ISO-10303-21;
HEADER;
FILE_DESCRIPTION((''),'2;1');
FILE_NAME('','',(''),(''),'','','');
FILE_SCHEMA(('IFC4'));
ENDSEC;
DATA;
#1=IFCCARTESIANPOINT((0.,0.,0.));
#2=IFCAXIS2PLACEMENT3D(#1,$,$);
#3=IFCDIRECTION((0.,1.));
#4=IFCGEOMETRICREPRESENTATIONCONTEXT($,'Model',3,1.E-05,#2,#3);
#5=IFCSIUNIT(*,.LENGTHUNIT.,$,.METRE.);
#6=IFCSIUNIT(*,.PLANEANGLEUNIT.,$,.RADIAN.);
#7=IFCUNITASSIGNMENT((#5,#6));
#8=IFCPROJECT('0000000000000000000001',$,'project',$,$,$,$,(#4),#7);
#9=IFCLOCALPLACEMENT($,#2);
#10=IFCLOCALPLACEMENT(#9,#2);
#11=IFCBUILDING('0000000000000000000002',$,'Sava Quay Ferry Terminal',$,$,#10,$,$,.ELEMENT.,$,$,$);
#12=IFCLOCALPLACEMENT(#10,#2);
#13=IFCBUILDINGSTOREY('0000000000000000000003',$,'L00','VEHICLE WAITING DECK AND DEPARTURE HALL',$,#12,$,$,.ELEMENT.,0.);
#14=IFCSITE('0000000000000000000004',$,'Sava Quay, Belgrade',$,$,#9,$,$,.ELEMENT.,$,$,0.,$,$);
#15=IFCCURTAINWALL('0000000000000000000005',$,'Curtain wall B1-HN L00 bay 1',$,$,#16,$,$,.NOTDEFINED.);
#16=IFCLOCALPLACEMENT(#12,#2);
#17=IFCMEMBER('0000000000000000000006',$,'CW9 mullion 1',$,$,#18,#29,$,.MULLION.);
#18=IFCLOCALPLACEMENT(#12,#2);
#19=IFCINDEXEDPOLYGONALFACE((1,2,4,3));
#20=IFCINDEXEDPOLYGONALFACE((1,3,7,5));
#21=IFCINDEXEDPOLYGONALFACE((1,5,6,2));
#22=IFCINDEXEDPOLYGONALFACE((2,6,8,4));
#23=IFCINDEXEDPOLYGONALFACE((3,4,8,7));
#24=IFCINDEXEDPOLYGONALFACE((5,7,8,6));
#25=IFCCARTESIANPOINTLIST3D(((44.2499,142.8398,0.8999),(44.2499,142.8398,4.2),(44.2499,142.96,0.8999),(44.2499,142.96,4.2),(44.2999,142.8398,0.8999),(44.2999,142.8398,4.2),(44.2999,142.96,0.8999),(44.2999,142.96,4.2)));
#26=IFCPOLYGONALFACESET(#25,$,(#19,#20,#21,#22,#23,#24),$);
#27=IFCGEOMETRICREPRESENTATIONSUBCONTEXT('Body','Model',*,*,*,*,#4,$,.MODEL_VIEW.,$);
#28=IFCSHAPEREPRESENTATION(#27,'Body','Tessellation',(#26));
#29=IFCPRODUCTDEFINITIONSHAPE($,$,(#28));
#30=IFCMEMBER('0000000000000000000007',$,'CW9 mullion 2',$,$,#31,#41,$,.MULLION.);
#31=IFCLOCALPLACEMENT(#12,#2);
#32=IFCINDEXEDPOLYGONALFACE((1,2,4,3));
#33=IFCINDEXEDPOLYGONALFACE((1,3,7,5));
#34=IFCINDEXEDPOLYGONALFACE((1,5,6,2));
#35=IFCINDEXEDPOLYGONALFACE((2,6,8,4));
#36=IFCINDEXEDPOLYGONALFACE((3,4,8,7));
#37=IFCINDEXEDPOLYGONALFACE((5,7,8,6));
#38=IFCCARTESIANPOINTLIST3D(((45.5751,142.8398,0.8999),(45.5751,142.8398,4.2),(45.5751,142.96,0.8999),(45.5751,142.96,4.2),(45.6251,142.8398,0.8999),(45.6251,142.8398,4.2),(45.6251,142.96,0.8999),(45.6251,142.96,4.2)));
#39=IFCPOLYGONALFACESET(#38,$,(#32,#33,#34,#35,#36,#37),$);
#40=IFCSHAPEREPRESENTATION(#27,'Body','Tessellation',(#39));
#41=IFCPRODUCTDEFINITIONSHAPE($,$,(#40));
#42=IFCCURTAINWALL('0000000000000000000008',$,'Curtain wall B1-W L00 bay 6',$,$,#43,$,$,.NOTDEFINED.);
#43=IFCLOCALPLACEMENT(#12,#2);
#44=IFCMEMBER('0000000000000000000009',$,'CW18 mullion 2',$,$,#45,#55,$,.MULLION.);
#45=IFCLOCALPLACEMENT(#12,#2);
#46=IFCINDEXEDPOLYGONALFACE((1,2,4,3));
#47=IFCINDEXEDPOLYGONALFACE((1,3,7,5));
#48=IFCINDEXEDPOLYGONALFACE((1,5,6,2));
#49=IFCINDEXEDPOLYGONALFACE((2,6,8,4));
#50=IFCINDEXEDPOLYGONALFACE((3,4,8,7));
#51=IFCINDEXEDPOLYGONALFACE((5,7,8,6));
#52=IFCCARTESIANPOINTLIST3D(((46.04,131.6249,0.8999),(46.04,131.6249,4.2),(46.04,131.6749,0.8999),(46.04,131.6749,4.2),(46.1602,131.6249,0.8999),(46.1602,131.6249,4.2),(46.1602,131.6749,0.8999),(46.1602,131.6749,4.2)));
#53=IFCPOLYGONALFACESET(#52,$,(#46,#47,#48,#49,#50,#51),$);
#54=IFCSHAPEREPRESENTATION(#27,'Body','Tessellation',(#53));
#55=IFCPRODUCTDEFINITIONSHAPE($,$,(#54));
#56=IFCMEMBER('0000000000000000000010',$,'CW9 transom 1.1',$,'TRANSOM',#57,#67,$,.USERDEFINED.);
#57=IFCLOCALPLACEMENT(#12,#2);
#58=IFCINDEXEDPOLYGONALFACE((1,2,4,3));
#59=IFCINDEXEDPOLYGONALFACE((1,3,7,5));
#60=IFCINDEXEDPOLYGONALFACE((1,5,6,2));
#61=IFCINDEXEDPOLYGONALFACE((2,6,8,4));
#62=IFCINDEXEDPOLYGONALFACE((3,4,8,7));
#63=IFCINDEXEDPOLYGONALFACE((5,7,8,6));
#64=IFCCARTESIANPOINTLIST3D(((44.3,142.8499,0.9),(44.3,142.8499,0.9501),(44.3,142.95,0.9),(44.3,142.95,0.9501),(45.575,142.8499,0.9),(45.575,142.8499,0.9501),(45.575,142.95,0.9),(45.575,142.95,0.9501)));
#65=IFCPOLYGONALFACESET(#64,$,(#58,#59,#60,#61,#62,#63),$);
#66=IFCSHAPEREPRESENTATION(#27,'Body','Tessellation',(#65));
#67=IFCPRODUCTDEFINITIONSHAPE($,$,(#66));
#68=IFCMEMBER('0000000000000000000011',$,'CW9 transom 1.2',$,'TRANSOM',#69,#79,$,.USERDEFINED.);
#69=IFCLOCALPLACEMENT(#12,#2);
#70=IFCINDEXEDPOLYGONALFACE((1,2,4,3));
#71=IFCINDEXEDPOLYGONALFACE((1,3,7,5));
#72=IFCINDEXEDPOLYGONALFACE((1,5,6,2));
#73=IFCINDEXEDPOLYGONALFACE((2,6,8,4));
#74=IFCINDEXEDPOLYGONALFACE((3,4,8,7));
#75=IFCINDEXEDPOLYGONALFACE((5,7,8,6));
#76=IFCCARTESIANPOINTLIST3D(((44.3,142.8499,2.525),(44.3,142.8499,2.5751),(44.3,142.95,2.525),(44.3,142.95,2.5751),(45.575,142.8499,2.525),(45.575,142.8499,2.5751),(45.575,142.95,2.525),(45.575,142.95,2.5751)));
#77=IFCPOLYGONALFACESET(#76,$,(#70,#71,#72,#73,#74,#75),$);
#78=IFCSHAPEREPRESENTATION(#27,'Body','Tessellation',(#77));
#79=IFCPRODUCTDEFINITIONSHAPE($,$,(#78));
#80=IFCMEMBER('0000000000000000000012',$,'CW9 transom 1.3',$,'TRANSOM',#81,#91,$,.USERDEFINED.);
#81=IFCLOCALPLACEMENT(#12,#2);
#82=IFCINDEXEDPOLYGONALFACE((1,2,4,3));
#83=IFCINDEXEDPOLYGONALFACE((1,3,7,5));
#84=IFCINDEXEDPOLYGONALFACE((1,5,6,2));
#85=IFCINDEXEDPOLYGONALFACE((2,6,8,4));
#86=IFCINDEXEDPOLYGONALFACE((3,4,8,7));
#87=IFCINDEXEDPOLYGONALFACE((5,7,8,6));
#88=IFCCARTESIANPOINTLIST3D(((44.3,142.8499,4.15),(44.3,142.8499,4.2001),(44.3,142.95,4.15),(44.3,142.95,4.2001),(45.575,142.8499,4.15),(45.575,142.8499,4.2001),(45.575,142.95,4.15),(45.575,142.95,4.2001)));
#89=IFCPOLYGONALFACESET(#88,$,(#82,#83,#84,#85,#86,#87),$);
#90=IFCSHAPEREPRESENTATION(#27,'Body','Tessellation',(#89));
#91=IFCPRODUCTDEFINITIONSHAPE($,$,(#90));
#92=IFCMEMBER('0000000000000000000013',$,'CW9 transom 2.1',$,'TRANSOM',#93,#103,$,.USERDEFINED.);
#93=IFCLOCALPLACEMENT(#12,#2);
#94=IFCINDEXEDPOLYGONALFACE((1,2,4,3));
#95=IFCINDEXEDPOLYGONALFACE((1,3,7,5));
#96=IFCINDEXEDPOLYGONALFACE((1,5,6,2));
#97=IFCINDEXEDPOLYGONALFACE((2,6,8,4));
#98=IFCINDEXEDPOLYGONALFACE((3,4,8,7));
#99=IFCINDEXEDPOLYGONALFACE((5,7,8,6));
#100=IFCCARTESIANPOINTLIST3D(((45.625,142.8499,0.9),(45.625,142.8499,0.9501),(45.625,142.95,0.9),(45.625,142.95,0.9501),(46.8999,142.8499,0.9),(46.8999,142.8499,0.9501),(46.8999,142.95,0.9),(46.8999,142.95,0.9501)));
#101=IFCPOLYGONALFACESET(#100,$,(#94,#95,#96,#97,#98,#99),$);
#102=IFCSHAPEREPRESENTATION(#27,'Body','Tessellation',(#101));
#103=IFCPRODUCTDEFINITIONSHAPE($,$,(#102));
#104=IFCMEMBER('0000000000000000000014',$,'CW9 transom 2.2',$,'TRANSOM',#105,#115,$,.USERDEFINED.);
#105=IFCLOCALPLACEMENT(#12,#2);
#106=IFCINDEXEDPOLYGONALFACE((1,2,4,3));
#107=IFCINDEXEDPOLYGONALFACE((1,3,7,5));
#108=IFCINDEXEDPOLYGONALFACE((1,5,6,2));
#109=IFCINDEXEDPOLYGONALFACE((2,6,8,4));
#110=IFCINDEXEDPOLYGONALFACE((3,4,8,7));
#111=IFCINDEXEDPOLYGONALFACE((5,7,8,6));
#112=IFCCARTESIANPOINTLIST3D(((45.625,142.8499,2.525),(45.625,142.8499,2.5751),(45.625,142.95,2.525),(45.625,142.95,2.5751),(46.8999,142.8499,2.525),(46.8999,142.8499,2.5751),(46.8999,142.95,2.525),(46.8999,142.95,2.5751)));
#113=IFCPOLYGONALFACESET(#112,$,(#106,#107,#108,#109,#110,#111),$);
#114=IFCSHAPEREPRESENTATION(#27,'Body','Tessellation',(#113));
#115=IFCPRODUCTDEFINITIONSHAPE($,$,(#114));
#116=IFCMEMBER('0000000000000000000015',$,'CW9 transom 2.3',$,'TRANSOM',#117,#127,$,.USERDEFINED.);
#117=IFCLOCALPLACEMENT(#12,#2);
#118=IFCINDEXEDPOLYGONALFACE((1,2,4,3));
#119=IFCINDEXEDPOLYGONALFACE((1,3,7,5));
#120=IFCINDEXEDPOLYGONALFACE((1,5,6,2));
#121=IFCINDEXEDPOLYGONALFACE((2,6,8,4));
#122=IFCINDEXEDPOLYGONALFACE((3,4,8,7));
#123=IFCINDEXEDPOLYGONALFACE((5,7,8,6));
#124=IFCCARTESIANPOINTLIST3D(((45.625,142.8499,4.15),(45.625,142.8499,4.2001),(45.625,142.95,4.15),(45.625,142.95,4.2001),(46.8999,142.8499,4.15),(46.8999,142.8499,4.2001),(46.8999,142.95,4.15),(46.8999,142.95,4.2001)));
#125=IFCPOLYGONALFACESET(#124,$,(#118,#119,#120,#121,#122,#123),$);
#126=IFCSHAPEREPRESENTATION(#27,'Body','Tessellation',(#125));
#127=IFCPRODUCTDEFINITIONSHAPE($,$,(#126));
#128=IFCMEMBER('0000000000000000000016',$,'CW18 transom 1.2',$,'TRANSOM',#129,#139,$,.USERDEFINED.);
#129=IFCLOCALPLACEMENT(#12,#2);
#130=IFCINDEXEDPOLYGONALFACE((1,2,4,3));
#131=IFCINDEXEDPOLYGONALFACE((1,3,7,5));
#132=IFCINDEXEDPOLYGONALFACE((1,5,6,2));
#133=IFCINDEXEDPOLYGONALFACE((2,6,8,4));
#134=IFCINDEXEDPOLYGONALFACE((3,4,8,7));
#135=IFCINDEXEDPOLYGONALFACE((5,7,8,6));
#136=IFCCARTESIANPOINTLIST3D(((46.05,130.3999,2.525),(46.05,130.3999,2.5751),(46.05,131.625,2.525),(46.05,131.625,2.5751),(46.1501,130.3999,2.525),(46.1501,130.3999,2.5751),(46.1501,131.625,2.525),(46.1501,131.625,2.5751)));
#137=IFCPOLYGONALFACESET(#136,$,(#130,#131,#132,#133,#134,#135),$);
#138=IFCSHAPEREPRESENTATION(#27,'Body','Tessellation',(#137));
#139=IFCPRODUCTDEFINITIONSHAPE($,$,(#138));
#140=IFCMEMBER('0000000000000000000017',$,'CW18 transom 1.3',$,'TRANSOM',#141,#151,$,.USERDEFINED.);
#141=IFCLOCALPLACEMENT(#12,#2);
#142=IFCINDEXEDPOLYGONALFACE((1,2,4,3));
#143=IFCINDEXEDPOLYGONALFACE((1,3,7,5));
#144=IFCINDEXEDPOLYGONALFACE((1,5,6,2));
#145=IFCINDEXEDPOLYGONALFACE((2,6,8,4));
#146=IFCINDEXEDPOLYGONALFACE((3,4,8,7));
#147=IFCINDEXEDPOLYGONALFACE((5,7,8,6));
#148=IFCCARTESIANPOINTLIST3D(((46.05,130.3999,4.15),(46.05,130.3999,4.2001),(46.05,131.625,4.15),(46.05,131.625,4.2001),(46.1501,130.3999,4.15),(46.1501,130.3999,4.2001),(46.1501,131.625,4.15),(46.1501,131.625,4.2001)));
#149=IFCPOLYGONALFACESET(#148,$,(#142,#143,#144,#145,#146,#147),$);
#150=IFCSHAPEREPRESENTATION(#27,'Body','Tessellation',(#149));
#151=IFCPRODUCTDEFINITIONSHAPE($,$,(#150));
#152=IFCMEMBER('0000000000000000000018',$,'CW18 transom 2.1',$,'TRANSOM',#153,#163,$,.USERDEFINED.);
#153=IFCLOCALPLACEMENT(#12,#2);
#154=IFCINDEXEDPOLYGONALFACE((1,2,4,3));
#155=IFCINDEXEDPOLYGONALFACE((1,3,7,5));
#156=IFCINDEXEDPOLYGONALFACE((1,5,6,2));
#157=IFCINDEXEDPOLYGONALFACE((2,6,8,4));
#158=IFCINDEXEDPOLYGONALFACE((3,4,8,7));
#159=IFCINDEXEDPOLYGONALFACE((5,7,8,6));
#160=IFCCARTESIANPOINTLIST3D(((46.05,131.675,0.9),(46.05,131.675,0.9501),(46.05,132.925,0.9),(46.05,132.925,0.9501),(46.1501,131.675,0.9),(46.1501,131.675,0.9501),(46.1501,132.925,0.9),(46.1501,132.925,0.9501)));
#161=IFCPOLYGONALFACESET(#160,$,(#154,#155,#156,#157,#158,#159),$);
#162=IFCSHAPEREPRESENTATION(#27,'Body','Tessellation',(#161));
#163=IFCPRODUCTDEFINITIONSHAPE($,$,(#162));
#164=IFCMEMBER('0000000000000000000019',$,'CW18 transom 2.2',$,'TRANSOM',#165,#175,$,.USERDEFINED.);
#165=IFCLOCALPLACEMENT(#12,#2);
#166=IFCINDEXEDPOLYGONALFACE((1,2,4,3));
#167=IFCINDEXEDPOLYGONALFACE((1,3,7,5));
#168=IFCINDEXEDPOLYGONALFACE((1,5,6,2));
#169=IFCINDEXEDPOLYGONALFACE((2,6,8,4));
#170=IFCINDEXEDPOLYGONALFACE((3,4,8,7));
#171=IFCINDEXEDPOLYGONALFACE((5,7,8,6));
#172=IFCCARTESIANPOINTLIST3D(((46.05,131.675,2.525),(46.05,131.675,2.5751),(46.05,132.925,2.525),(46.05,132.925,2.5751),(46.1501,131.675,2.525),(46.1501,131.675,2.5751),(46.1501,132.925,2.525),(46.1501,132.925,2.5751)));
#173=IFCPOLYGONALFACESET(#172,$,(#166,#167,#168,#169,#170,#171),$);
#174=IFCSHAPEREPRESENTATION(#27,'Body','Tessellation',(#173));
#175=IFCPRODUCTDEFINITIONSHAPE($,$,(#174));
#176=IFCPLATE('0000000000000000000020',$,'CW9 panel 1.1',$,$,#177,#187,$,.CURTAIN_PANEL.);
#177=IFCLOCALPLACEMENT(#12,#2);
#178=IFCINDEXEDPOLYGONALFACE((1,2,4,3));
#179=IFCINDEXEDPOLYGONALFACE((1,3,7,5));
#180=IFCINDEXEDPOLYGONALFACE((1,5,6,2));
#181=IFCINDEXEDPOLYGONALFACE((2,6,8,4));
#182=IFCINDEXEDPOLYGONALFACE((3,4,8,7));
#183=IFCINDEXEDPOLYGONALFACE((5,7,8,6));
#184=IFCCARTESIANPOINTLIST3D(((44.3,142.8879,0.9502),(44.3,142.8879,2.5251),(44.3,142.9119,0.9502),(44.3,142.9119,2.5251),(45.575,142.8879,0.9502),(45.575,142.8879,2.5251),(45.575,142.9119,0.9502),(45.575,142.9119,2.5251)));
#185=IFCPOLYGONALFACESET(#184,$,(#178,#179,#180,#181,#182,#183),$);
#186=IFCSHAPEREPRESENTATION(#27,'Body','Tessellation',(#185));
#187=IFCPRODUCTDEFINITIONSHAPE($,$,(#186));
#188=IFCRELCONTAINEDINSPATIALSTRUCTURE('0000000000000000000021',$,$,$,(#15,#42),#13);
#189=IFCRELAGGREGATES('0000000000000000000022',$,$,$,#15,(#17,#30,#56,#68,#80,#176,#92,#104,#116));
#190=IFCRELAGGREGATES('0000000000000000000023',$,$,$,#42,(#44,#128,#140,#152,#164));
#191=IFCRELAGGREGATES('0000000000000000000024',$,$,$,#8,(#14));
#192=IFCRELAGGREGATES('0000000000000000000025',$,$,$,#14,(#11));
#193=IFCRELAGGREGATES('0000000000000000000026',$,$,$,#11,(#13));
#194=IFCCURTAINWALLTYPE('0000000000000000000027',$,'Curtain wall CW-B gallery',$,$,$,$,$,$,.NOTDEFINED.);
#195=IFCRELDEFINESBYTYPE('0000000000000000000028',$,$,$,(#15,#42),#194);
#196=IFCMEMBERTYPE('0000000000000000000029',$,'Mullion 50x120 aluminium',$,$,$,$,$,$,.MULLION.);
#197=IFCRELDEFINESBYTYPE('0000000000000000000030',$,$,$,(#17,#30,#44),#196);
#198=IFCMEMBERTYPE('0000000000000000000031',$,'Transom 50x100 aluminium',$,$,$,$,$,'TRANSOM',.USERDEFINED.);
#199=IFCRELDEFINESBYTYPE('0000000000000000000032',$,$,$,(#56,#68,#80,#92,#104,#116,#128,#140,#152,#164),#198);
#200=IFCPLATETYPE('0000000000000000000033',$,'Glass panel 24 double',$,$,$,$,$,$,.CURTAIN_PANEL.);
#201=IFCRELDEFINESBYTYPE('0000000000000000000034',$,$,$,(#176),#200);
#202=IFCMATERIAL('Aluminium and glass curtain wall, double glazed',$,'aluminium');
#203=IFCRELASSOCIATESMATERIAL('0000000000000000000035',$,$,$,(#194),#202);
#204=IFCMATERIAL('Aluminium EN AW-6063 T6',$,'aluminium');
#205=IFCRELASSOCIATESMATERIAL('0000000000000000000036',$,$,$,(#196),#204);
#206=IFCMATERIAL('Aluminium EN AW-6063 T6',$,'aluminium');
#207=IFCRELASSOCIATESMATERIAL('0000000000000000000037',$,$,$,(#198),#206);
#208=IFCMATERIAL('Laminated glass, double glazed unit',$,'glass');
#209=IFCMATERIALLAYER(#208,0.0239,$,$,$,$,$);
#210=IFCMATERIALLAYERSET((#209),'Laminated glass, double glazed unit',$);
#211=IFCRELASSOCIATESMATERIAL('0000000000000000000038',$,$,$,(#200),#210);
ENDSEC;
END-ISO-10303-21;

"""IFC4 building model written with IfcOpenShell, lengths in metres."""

from ifc_helpers import new_model, si_unit, direction, frame, origin, origin_2d, place, context, subcontext, project, spatial, rectangle, extrude, material, layer, layer_set, material_profile, profile_set, type_object, element, aggregate, save


model = new_model("IFC4")

# Units and contexts
model_context = context("Model", 3, precision=1e-05, world=origin(), true_north=direction((0.0, 1.0)))
body_context = subcontext(model_context, "Body", "Model", "MODEL_VIEW")
ifc_project = project(units=[si_unit("LENGTHUNIT", "METRE"), si_unit("PLANEANGLEUNIT", "RADIAN")], contexts=[model_context])

# Site, building, storey
site_placement = place(None, origin())
site = spatial("IfcSite", under=ifc_project, at=site_placement, Name="Sava Quay, Belgrade", CompositionType="ELEMENT", RefElevation=0.0)
building_placement = place(site_placement, origin())
building = spatial("IfcBuilding", under=site, at=building_placement, Name="Sava Quay Ferry Terminal", CompositionType="ELEMENT")
storey_placement = place(building_placement, origin())
storey = spatial("IfcBuildingStorey", under=building, at=storey_placement, Name="L00", Description="VEHICLE WAITING DECK AND DEPARTURE HALL", CompositionType="ELEMENT", Elevation=0.0)

# Curtain wall, members
ifc_material_1 = material(Name="Aluminium and glass curtain wall, double glazed", Category="aluminium")
curtain_wall_type = type_object("IfcCurtainWallType", Name="Curtain wall CW-B gallery", PredefinedType="NOTDEFINED", material=ifc_material_1)
curtain_wall_1_placement = place(storey_placement, origin())
curtain_wall_1 = element("IfcCurtainWall", 1, at=curtain_wall_1_placement, inside=storey, type_object=curtain_wall_type, Name="Curtain wall B1-HN L00 bay 1", PredefinedType="NOTDEFINED")
ifc_material_2 = material(Name="Aluminium EN AW-6063 T6", Category="aluminium")
ifc_material_profile_1 = material_profile(ifc_material_2, rectangle(XDim=0.1201, YDim=0.05, at=origin_2d()), Name="Mullion 50x120 aluminium")
ifc_profile_set_1 = profile_set([ifc_material_profile_1], Name="Aluminium EN AW-6063 T6")
member_type_1 = type_object("IfcMemberType", Name="Mullion 50x120 aluminium", PredefinedType="MULLION", material=ifc_profile_set_1)
member_1_placement = place(storey_placement, frame((44.2749, 142.8999, 0.8999), z_axis=(0.0, 0.0, 1.0), x_axis=(0.0, 1.0, 0.0)))
member_1 = element("IfcMember", 2, at=member_1_placement, type_object=member_type_1, Name="CW9 mullion 1", PredefinedType="MULLION", context=body_context, shape_type="SweptSolid", body=[
    extrude(rectangle(XDim=0.1201, YDim=0.05, at=origin_2d()), origin(), (0.0, 0.0, 1.0), 3.3),
])
member_2_placement = place(storey_placement, frame((45.6001, 142.8999, 0.8999), z_axis=(0.0, 0.0, 1.0), x_axis=(0.0, 1.0, 0.0)))
member_2 = element("IfcMember", 3, at=member_2_placement, type_object=member_type_1, Name="CW9 mullion 2", PredefinedType="MULLION", context=body_context, shape_type="SweptSolid", body=[
    extrude(rectangle(XDim=0.1201, YDim=0.05, at=origin_2d()), origin(), (0.0, 0.0, 1.0), 3.3),
])

# Curtain wall, member
curtain_wall_2_placement = place(storey_placement, origin())
curtain_wall_2 = element("IfcCurtainWall", 4, at=curtain_wall_2_placement, inside=storey, type_object=curtain_wall_type, Name="Curtain wall B1-W L00 bay 6", PredefinedType="NOTDEFINED")
member_3_placement = place(storey_placement, frame((46.1001, 131.6499, 0.8999), z_axis=(0.0, 0.0, 1.0), x_axis=(-1.0, 0.0, 0.0)))
member_3 = element("IfcMember", 5, at=member_3_placement, type_object=member_type_1, Name="CW18 mullion 2", PredefinedType="MULLION", context=body_context, shape_type="SweptSolid", body=[
    extrude(rectangle(XDim=0.1201, YDim=0.05, at=origin_2d()), origin(), (0.0, 0.0, 1.0), 3.3),
])

# Members
ifc_material_3 = material(Name="Aluminium EN AW-6063 T6", Category="aluminium")
ifc_material_profile_2 = material_profile(ifc_material_3, rectangle(XDim=0.1001, YDim=0.05, at=origin_2d()), Name="Transom 50x100 aluminium")
ifc_profile_set_2 = profile_set([ifc_material_profile_2], Name="Aluminium EN AW-6063 T6")
member_type_2 = type_object("IfcMemberType", Name="Transom 50x100 aluminium", ElementType="TRANSOM", PredefinedType="USERDEFINED", material=ifc_profile_set_2)
member_4_placement = place(storey_placement, frame((44.3, 142.8999, 0.925), z_axis=(1.0, 0.0, 0.0), x_axis=(0.0, 1.0, 0.0)))
member_4 = element("IfcMember", 6, at=member_4_placement, type_object=member_type_2, Name="CW9 transom 1.1", ObjectType="TRANSOM", PredefinedType="USERDEFINED", context=body_context, shape_type="SweptSolid", body=[
    extrude(rectangle(XDim=0.1001, YDim=0.05, at=origin_2d()), origin(), (0.0, 0.0, 1.0), 1.2749),
])
member_5_placement = place(storey_placement, frame((44.3, 142.8999, 2.55), z_axis=(1.0, 0.0, 0.0), x_axis=(0.0, 1.0, 0.0)))
member_5 = element("IfcMember", 7, at=member_5_placement, type_object=member_type_2, Name="CW9 transom 1.2", ObjectType="TRANSOM", PredefinedType="USERDEFINED", context=body_context, shape_type="SweptSolid", body=[
    extrude(rectangle(XDim=0.1001, YDim=0.05, at=origin_2d()), origin(), (0.0, 0.0, 1.0), 1.2749),
])
member_6_placement = place(storey_placement, frame((44.3, 142.8999, 4.175), z_axis=(1.0, 0.0, 0.0), x_axis=(0.0, 1.0, 0.0)))
member_6 = element("IfcMember", 8, at=member_6_placement, type_object=member_type_2, Name="CW9 transom 1.3", ObjectType="TRANSOM", PredefinedType="USERDEFINED", context=body_context, shape_type="SweptSolid", body=[
    extrude(rectangle(XDim=0.1001, YDim=0.05, at=origin_2d()), origin(), (0.0, 0.0, 1.0), 1.2749),
])
member_7_placement = place(storey_placement, frame((45.625, 142.8999, 0.925), z_axis=(1.0, 0.0, 0.0), x_axis=(0.0, 1.0, 0.0)))
member_7 = element("IfcMember", 9, at=member_7_placement, type_object=member_type_2, Name="CW9 transom 2.1", ObjectType="TRANSOM", PredefinedType="USERDEFINED", context=body_context, shape_type="SweptSolid", body=[
    extrude(rectangle(XDim=0.1001, YDim=0.05, at=origin_2d()), origin(), (0.0, 0.0, 1.0), 1.2749),
])
member_8_placement = place(storey_placement, frame((45.625, 142.8999, 2.55), z_axis=(1.0, 0.0, 0.0), x_axis=(0.0, 1.0, 0.0)))
member_8 = element("IfcMember", 10, at=member_8_placement, type_object=member_type_2, Name="CW9 transom 2.2", ObjectType="TRANSOM", PredefinedType="USERDEFINED", context=body_context, shape_type="SweptSolid", body=[
    extrude(rectangle(XDim=0.1001, YDim=0.05, at=origin_2d()), origin(), (0.0, 0.0, 1.0), 1.2749),
])
member_9_placement = place(storey_placement, frame((45.625, 142.8999, 4.175), z_axis=(1.0, 0.0, 0.0), x_axis=(0.0, 1.0, 0.0)))
member_9 = element("IfcMember", 11, at=member_9_placement, type_object=member_type_2, Name="CW9 transom 2.3", ObjectType="TRANSOM", PredefinedType="USERDEFINED", context=body_context, shape_type="SweptSolid", body=[
    extrude(rectangle(XDim=0.1001, YDim=0.05, at=origin_2d()), origin(), (0.0, 0.0, 1.0), 1.2749),
])
member_10_placement = place(storey_placement, frame((46.1001, 130.3999, 2.55), z_axis=(0.0, 1.0, 0.0), x_axis=(-1.0, 0.0, 0.0)))
member_10 = element("IfcMember", 12, at=member_10_placement, type_object=member_type_2, Name="CW18 transom 1.2", ObjectType="TRANSOM", PredefinedType="USERDEFINED", context=body_context, shape_type="SweptSolid", body=[
    extrude(rectangle(XDim=0.1001, YDim=0.05, at=origin_2d()), origin(), (0.0, 0.0, 1.0), 1.2251),
])
member_11_placement = place(storey_placement, frame((46.1001, 130.3999, 4.175), z_axis=(0.0, 1.0, 0.0), x_axis=(-1.0, 0.0, 0.0)))
member_11 = element("IfcMember", 13, at=member_11_placement, type_object=member_type_2, Name="CW18 transom 1.3", ObjectType="TRANSOM", PredefinedType="USERDEFINED", context=body_context, shape_type="SweptSolid", body=[
    extrude(rectangle(XDim=0.1001, YDim=0.05, at=origin_2d()), origin(), (0.0, 0.0, 1.0), 1.2251),
])
member_12_placement = place(storey_placement, frame((46.1001, 131.675, 0.925), z_axis=(0.0, 1.0, 0.0), x_axis=(-1.0, 0.0, 0.0)))
member_12 = element("IfcMember", 14, at=member_12_placement, type_object=member_type_2, Name="CW18 transom 2.1", ObjectType="TRANSOM", PredefinedType="USERDEFINED", context=body_context, shape_type="SweptSolid", body=[
    extrude(rectangle(XDim=0.1001, YDim=0.05, at=origin_2d()), origin(), (0.0, 0.0, 1.0), 1.25),
])
member_13_placement = place(storey_placement, frame((46.1001, 131.675, 2.55), z_axis=(0.0, 1.0, 0.0), x_axis=(-1.0, 0.0, 0.0)))
member_13 = element("IfcMember", 15, at=member_13_placement, type_object=member_type_2, Name="CW18 transom 2.2", ObjectType="TRANSOM", PredefinedType="USERDEFINED", context=body_context, shape_type="SweptSolid", body=[
    extrude(rectangle(XDim=0.1001, YDim=0.05, at=origin_2d()), origin(), (0.0, 0.0, 1.0), 1.25),
])

# Plate
ifc_material_4 = material(Name="Laminated glass, double glazed unit", Category="glass")
ifc_layer_1 = layer(ifc_material_4, 0.0239)
ifc_layer_set_1 = layer_set([ifc_layer_1], Name="Laminated glass, double glazed unit")
plate_type = type_object("IfcPlateType", Name="Glass panel 24 double", PredefinedType="CURTAIN_PANEL", material=ifc_layer_set_1)
plate_1_placement = place(storey_placement, frame((44.9375, 142.8999, 0.9502), z_axis=(0.0, 0.0, 1.0), x_axis=(1.0, 0.0, 0.0)))
plate_1 = element("IfcPlate", 16, at=plate_1_placement, type_object=plate_type, Name="CW9 panel 1.1", PredefinedType="CURTAIN_PANEL", context=body_context, shape_type="SweptSolid", body=[
    extrude(rectangle(XDim=1.2749, YDim=0.0239, at=origin_2d()), origin(), (0.0, 0.0, 1.0), 1.575),
])
aggregate(curtain_wall_1, [member_1, member_2, member_4, member_5, member_6, plate_1, member_7, member_8, member_9])
aggregate(curtain_wall_2, [member_3, member_10, member_11, member_12, member_13])

save(model, "model.ifc")
